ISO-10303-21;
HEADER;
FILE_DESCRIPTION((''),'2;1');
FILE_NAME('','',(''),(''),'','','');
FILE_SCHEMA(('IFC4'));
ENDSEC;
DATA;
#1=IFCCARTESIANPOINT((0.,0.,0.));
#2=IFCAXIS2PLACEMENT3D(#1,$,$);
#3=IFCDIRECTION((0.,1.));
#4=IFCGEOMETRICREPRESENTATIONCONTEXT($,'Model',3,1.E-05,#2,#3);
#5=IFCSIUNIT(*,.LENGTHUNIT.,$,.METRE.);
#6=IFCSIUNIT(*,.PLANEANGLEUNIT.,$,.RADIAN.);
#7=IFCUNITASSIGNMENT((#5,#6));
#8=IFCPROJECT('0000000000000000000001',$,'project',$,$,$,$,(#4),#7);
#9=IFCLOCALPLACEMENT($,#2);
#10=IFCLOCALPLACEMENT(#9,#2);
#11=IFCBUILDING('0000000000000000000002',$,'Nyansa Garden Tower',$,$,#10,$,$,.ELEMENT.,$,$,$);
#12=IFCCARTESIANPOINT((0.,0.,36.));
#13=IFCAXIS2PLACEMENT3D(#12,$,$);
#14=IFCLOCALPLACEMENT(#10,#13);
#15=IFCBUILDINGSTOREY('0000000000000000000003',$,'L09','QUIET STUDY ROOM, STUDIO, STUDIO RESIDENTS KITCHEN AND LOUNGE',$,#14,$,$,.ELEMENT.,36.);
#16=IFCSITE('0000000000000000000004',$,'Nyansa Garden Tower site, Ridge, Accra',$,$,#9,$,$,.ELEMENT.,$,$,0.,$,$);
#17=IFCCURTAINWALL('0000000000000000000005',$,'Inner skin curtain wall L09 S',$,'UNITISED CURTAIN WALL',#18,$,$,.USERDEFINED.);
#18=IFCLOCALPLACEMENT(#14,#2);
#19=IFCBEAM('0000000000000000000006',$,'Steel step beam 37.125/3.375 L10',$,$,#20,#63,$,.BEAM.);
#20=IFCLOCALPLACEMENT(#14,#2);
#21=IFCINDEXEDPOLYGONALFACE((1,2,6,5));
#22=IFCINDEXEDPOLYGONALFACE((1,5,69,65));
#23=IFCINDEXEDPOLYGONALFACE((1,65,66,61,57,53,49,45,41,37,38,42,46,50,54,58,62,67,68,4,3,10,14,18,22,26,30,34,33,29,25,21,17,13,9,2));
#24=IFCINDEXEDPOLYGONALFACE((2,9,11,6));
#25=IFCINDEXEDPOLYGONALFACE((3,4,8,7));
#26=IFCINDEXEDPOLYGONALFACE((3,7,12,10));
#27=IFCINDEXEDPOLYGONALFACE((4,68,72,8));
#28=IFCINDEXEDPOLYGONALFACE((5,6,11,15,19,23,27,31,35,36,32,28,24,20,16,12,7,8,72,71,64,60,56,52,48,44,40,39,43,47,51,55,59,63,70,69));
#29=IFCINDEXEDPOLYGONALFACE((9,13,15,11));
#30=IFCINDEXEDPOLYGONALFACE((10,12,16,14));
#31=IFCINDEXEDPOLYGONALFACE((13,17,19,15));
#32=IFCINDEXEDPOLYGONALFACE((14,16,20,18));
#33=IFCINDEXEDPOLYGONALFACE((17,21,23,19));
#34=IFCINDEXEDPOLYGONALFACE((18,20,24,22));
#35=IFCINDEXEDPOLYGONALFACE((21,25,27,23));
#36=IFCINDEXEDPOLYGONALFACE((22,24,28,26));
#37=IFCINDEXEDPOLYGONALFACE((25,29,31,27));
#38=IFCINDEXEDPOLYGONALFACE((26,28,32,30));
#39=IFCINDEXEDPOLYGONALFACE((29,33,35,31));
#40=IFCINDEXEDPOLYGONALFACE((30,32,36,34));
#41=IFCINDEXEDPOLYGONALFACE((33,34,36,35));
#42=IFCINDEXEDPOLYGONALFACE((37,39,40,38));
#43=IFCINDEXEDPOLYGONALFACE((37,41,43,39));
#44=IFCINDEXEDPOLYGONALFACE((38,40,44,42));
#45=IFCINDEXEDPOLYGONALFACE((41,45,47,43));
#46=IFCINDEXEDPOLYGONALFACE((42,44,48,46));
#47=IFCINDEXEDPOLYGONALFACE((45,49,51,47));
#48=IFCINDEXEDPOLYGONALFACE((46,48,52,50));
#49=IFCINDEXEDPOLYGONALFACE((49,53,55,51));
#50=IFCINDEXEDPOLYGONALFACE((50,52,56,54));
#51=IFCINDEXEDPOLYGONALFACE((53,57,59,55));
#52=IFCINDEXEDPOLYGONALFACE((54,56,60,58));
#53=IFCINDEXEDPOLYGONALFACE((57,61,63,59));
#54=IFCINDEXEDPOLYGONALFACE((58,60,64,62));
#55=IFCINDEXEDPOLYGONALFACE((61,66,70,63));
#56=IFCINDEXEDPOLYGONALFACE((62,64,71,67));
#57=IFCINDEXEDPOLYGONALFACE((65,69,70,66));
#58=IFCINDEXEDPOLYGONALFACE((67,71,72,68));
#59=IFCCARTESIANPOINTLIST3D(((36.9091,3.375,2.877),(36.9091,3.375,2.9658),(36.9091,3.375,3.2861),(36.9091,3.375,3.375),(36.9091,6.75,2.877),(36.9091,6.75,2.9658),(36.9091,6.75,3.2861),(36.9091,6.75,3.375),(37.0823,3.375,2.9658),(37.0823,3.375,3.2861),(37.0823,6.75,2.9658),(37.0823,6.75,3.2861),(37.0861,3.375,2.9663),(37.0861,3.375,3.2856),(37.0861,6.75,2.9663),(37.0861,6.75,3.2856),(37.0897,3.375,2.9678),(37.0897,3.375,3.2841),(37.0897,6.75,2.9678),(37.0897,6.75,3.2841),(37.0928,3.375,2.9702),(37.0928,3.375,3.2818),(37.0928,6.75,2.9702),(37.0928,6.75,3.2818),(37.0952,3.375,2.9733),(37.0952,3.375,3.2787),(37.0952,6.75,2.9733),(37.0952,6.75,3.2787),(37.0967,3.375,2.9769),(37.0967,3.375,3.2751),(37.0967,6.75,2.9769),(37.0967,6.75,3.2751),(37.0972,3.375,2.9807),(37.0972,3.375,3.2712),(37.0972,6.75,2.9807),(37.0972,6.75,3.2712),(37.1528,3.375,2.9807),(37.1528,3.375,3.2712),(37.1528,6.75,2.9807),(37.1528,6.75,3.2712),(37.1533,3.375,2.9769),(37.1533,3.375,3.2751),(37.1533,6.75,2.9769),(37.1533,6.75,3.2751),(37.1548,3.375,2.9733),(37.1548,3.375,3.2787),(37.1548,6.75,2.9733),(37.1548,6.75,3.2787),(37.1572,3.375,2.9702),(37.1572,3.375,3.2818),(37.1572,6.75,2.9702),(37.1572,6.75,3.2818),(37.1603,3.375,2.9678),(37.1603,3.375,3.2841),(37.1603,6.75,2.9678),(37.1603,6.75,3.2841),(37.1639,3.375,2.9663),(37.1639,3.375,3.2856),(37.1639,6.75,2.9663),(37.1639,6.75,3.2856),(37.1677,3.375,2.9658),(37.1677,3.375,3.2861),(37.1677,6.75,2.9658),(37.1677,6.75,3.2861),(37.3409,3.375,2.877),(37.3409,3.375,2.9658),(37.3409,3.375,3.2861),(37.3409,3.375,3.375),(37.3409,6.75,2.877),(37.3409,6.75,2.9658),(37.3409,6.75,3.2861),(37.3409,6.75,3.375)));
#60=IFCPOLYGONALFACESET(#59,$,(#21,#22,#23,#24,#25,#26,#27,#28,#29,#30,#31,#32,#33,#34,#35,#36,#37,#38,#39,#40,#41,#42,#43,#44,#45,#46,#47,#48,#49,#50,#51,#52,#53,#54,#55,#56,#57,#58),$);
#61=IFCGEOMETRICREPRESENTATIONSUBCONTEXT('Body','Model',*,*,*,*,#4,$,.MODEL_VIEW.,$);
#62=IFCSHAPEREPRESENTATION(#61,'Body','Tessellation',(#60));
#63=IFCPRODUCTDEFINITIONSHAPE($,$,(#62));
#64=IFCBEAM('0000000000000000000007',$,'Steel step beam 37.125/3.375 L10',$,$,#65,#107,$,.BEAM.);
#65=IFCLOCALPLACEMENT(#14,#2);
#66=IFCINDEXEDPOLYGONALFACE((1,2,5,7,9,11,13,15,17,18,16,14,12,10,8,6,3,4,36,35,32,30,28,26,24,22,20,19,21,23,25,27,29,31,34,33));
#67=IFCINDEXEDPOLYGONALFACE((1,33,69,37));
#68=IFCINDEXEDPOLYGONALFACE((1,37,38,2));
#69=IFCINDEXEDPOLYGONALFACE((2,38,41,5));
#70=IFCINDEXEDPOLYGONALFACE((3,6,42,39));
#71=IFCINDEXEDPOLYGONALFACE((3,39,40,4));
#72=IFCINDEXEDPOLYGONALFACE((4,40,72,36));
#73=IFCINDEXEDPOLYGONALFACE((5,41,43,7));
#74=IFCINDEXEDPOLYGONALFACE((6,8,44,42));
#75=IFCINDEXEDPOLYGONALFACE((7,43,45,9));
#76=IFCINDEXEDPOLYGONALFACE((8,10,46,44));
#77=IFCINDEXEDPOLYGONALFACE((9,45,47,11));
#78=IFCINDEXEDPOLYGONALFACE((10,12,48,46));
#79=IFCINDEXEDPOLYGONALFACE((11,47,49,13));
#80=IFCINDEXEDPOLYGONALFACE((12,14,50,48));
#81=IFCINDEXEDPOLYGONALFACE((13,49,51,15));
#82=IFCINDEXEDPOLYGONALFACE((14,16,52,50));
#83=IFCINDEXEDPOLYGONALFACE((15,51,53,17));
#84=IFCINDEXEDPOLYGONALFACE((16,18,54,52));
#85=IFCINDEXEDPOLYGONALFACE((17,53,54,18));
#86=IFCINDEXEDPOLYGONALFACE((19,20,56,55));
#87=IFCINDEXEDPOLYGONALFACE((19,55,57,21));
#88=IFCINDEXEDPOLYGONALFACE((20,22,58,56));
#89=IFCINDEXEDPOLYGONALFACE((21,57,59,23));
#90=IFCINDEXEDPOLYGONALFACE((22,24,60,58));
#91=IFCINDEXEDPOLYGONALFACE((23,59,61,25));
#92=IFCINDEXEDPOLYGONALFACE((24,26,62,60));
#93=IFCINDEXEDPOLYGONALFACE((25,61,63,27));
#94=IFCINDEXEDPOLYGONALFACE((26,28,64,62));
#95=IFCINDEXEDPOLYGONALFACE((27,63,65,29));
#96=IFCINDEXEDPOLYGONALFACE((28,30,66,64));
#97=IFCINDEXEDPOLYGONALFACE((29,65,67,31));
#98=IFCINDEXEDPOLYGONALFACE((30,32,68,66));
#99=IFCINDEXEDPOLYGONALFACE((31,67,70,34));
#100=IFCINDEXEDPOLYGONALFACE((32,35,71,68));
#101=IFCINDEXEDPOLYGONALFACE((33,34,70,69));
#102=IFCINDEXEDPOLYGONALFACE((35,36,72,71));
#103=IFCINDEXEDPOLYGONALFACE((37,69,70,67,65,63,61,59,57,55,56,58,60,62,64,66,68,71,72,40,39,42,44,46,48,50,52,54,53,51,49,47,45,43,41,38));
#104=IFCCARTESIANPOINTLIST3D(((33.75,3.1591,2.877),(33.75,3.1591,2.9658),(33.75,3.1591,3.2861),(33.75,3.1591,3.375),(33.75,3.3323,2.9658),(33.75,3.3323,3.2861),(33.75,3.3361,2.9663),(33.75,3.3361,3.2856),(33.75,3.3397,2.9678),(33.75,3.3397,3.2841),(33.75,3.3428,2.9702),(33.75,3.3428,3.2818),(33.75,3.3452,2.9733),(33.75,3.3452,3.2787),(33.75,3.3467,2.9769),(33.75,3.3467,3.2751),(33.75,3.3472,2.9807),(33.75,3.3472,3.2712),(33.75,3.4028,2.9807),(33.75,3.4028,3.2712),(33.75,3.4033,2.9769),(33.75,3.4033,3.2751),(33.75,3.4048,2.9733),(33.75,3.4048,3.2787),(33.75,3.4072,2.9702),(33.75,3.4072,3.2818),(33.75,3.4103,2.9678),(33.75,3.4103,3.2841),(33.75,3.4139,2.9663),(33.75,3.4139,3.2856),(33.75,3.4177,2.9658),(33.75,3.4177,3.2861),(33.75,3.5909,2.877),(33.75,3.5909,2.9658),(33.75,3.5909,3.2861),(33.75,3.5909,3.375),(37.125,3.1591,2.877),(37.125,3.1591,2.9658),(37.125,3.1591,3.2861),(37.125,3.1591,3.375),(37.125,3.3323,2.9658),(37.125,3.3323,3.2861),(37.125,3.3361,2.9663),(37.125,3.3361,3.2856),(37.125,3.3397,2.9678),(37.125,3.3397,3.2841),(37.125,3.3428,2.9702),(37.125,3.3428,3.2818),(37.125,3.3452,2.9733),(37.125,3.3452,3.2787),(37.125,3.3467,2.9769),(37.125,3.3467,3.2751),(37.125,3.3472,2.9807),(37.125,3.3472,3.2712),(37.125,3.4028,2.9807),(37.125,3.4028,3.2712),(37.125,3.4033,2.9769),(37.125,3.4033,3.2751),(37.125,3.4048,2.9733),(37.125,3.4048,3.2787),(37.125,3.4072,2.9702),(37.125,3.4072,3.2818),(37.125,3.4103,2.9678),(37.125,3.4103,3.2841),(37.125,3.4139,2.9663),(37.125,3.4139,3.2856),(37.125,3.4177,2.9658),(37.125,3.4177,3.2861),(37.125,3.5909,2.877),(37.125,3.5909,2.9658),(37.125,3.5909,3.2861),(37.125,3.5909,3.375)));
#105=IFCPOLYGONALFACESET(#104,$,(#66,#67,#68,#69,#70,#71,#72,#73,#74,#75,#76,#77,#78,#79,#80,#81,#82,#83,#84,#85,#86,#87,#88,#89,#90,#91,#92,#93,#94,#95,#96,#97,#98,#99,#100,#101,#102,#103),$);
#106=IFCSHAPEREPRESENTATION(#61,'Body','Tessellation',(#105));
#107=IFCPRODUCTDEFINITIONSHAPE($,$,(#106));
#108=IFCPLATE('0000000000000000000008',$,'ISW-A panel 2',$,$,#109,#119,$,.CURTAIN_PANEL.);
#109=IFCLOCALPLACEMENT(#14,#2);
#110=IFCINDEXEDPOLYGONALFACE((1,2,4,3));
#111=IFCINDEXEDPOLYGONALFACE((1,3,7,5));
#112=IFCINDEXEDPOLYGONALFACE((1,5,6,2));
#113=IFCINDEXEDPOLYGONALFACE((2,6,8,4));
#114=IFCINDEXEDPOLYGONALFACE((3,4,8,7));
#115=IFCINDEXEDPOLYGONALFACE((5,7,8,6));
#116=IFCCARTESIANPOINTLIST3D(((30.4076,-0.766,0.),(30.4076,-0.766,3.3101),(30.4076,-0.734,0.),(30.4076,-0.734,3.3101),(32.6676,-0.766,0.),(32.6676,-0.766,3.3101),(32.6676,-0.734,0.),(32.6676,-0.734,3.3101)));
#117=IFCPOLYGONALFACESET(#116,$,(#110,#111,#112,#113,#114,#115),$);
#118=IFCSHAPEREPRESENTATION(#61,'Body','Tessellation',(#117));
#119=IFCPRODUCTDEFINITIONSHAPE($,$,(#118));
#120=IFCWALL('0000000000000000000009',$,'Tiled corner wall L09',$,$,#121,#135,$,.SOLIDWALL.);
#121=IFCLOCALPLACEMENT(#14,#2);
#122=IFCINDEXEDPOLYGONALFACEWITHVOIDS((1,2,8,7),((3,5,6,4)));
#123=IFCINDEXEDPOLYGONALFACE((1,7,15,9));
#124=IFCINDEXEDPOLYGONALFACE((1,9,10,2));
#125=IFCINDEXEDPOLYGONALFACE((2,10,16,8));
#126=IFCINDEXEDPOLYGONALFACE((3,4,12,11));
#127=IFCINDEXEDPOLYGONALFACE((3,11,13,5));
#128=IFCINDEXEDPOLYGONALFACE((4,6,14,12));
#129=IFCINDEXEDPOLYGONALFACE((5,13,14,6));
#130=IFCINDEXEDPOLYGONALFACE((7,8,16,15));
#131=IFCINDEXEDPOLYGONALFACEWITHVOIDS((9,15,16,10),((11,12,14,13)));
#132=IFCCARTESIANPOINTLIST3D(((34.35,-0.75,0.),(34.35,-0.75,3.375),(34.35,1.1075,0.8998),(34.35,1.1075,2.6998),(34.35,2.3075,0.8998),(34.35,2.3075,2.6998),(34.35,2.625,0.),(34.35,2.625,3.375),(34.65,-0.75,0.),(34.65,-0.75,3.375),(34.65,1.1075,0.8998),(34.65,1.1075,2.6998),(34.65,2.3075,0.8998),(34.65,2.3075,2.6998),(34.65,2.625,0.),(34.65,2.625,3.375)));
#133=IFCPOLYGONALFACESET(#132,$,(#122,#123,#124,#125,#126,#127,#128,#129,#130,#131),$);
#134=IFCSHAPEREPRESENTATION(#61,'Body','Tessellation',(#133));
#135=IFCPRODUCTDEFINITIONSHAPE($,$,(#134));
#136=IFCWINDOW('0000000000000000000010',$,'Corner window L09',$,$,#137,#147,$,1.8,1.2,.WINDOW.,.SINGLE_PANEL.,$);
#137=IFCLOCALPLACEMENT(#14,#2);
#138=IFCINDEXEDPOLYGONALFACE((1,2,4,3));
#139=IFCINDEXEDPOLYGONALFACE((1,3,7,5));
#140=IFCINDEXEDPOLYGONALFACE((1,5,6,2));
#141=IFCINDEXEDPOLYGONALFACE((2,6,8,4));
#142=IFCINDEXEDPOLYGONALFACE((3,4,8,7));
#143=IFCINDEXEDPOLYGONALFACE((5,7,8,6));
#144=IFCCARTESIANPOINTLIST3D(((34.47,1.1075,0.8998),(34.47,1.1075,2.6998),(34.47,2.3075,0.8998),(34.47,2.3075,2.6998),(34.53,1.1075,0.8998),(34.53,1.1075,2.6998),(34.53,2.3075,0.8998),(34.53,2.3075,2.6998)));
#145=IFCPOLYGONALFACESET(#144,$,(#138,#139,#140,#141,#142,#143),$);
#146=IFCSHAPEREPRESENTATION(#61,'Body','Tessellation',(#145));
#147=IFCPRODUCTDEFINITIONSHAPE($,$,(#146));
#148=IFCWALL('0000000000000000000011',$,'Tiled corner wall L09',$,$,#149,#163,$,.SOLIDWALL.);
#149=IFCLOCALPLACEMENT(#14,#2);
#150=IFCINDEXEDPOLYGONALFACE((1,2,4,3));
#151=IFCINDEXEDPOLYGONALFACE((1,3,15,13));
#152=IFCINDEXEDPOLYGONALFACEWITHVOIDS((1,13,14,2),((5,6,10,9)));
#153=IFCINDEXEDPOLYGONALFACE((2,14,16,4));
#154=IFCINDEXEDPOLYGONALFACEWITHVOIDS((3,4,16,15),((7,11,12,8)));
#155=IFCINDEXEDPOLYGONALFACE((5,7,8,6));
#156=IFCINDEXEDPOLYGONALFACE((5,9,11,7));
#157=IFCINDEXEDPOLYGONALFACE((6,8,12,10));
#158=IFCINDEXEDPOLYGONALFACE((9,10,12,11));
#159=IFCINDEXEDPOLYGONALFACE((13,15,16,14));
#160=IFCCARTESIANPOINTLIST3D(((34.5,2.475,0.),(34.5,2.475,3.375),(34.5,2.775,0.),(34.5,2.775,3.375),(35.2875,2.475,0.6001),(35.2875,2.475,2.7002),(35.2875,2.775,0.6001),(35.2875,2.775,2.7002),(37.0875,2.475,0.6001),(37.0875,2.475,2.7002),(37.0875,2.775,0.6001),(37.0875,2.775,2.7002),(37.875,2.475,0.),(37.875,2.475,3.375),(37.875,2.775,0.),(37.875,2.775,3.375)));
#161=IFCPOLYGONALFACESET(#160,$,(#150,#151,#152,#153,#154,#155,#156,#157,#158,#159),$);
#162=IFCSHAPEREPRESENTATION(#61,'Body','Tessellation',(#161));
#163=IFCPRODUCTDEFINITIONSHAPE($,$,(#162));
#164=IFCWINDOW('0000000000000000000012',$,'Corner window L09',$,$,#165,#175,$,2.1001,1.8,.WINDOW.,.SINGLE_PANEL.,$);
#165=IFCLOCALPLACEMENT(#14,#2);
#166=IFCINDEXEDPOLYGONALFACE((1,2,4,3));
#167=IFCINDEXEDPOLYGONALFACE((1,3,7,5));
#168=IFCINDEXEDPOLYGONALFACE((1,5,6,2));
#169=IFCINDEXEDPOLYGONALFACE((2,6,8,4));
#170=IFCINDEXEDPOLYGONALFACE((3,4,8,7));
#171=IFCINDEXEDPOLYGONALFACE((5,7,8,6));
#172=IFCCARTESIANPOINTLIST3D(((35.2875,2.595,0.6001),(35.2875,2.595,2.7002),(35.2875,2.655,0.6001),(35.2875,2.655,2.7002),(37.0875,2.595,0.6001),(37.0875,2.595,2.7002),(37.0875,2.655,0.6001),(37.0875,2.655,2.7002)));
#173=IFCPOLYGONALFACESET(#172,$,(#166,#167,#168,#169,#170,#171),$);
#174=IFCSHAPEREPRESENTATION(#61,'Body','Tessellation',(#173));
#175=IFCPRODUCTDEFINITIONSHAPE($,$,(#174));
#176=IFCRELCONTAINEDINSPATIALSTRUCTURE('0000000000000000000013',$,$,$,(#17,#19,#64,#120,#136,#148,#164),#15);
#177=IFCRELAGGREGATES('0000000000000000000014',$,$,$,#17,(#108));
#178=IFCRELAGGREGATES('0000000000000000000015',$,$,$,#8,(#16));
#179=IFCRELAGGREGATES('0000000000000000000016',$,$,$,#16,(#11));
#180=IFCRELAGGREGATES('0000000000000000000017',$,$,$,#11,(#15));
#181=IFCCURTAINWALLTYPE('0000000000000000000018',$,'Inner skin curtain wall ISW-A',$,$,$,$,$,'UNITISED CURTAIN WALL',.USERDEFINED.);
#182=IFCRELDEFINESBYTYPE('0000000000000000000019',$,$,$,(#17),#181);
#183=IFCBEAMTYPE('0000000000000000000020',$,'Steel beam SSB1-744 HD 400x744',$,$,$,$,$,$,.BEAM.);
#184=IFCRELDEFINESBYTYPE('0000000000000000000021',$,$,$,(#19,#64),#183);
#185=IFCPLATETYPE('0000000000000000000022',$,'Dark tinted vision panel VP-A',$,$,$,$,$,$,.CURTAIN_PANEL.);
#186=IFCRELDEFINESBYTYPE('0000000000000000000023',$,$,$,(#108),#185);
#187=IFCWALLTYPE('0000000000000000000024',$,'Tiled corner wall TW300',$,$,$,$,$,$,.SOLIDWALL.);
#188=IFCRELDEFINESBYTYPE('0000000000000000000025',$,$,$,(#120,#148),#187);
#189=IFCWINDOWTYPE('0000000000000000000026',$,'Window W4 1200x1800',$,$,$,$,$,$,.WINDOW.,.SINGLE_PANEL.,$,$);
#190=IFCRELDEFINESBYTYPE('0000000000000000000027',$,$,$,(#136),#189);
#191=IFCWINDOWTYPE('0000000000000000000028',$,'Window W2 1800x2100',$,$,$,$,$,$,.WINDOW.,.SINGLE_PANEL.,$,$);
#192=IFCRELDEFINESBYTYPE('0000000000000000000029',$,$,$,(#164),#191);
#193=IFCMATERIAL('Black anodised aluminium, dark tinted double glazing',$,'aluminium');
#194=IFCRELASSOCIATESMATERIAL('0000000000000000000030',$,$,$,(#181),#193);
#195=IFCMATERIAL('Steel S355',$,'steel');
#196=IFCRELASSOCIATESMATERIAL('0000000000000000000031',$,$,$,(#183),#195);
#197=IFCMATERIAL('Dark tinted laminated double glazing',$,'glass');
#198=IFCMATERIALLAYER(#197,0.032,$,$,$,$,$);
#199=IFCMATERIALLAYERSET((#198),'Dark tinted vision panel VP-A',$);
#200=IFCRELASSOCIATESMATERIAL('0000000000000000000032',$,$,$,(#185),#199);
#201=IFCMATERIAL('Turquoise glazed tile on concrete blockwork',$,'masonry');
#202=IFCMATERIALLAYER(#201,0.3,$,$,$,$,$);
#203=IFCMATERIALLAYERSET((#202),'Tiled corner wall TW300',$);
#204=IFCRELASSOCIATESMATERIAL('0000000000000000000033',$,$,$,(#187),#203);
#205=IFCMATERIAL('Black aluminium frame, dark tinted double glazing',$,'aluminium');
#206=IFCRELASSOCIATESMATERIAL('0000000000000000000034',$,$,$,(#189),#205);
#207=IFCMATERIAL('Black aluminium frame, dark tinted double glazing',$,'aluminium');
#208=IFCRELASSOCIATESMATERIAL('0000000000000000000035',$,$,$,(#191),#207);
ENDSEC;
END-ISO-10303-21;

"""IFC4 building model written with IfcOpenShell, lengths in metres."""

from ifc_helpers import new_model, si_unit, direction, frame, frame_2d, origin, origin_2d, place, context, subcontext, project, spatial, rectangle, i_section, extrude, material, layer, layer_set, material_profile, profile_set, type_object, element, fill, aggregate, save


model = new_model("IFC4")

# Units and contexts
model_context = context("Model", 3, precision=1e-05, world=origin(), true_north=direction((0.0, 1.0)))
body_context = subcontext(model_context, "Body", "Model", "MODEL_VIEW")
ifc_project = project(units=[si_unit("LENGTHUNIT", "METRE"), si_unit("PLANEANGLEUNIT", "RADIAN")], contexts=[model_context])

# Site, building, storey
site_placement = place(None, origin())
site = spatial("IfcSite", under=ifc_project, at=site_placement, Name="Nyansa Garden Tower site, Ridge, Accra", CompositionType="ELEMENT", RefElevation=0.0)
building_placement = place(site_placement, origin())
building = spatial("IfcBuilding", under=site, at=building_placement, Name="Nyansa Garden Tower", CompositionType="ELEMENT")
storey_placement = place(building_placement, frame((0.0, 0.0, 36.0)))
storey = spatial("IfcBuildingStorey", under=building, at=storey_placement, Name="L09", Description="QUIET STUDY ROOM, STUDIO, STUDIO RESIDENTS KITCHEN AND LOUNGE", CompositionType="ELEMENT", Elevation=36.0)

# Curtain wall
ifc_material_1 = material(Name="Black anodised aluminium, dark tinted double glazing", Category="aluminium")
curtain_wall_type = type_object("IfcCurtainWallType", Name="Inner skin curtain wall ISW-A", ElementType="UNITISED CURTAIN WALL", PredefinedType="USERDEFINED", material=ifc_material_1)
curtain_wall_placement = place(storey_placement, origin())
curtain_wall = element("IfcCurtainWall", 1, at=curtain_wall_placement, inside=storey, type_object=curtain_wall_type, Name="Inner skin curtain wall L09 S", ObjectType="UNITISED CURTAIN WALL", PredefinedType="USERDEFINED")

# Beams
ifc_material_2 = material(Name="Steel S355", Category="steel")
ifc_material_profile_1 = material_profile(ifc_material_2, i_section(OverallWidth=0.4319, OverallDepth=0.498, WebThickness=0.0557, FlangeThickness=0.0889, FilletRadius=0.0149, at=origin_2d()), Name="HD 400x744")
ifc_profile_set_1 = profile_set([ifc_material_profile_1], Name="Steel S355")
beam_type_1 = type_object("IfcBeamType", Name="Steel beam SSB1-744 HD 400x744", PredefinedType="BEAM", material=ifc_profile_set_1)
for number, where, z_axis, x_axis, name in (
    (2, (37.125, 3.375, 3.126), (0.0, 1.0, 0.0), (-1.0, 0.0, 0.0), "Steel step beam 37.125/3.375 L10"),
    (3, (37.125, 3.375, 3.126), (-1.0, 0.0, 0.0), (0.0, -1.0, 0.0), "Steel step beam 37.125/3.375 L10"),
):
    element("IfcBeam", number, at=place(storey_placement, frame(where, z_axis=z_axis, x_axis=x_axis)), inside=storey, type_object=beam_type_1, Name=name, PredefinedType="BEAM", context=body_context, shape_type="SweptSolid", body=[
        extrude(i_section(OverallWidth=0.4319, OverallDepth=0.498, WebThickness=0.0557, FlangeThickness=0.0889, FilletRadius=0.0149, at=origin_2d()), origin(), (0.0, 0.0, 1.0), 3.375),
    ])

# Plate
ifc_material_3 = material(Name="Dark tinted laminated double glazing", Category="glass")
ifc_layer_1 = layer(ifc_material_3, 0.032)
ifc_layer_set_1 = layer_set([ifc_layer_1], Name="Dark tinted vision panel VP-A")
plate_type = type_object("IfcPlateType", Name="Dark tinted vision panel VP-A", PredefinedType="CURTAIN_PANEL", material=ifc_layer_set_1)
plate_placement = place(storey_placement, frame((31.5376, -0.75, 0.0), z_axis=(0.0, 0.0, 1.0), x_axis=(1.0, 0.0, 0.0)))
plate = element("IfcPlate", 4, at=plate_placement, type_object=plate_type, Name="ISW-A panel 2", PredefinedType="CURTAIN_PANEL", context=body_context, shape_type="SweptSolid", body=[
    extrude(rectangle(XDim=2.26, YDim=0.032, at=origin_2d()), origin(), (0.0, 0.0, 1.0), 3.3101),
])
aggregate(curtain_wall, [plate])

# Walls, openings, windows
ifc_material_4 = material(Name="Turquoise glazed tile on concrete blockwork", Category="masonry")
ifc_layer_2 = layer(ifc_material_4, 0.3)
ifc_layer_set_2 = layer_set([ifc_layer_2], Name="Tiled corner wall TW300")
wall_type = type_object("IfcWallType", Name="Tiled corner wall TW300", PredefinedType="SOLIDWALL", material=ifc_layer_set_2)
wall_1_placement = place(storey_placement, frame((34.5, -0.75, 0.0), z_axis=(0.0, 0.0, 1.0), x_axis=(0.0, 1.0, 0.0)))
wall_1 = element("IfcWall", 5, at=wall_1_placement, inside=storey, type_object=wall_type, Name="Tiled corner wall L09", PredefinedType="SOLIDWALL", context=body_context, shape_type="SweptSolid", body=[
    extrude(rectangle(XDim=3.375, YDim=0.3, at=frame_2d((1.6875, 0.0))), origin(), (0.0, 0.0, 1.0), 3.375),
])
opening_1_placement = place(wall_1_placement, frame((1.8574, 0.0, 0.8999)))
opening_1 = element("IfcOpeningElement", 6, at=opening_1_placement, cuts=wall_1, PredefinedType="OPENING", context=body_context, shape_type="SweptSolid", body=[
    extrude(rectangle(XDim=1.2, YDim=1.8, at=frame_2d((0.6001, 0.8999))), frame((0.0, 0.1599, 0.0), z_axis=(0.0, -1.0, 0.0), x_axis=(1.0, 0.0, 0.0)), (0.0, 0.0, 1.0), 0.3201),
])
ifc_material_5 = material(Name="Black aluminium frame, dark tinted double glazing", Category="aluminium")
window_type_1 = type_object("IfcWindowType", Name="Window W4 1200x1800", PartitioningType="SINGLE_PANEL", PredefinedType="WINDOW", material=ifc_material_5)
window_1_placement = place(opening_1_placement, origin())
window_1 = element("IfcWindow", 7, at=window_1_placement, inside=storey, type_object=window_type_1, Name="Corner window L09", OverallHeight=1.8, OverallWidth=1.2, PartitioningType="SINGLE_PANEL", PredefinedType="WINDOW", context=body_context, shape_type="SweptSolid", body=[
    extrude(rectangle(XDim=1.2, YDim=1.8, at=frame_2d((0.6001, 0.8999))), frame((0.0, 0.03, 0.0), z_axis=(0.0, -1.0, 0.0), x_axis=(1.0, 0.0, 0.0)), (0.0, 0.0, 1.0), 0.0601),
])
fill(opening_1, window_1)
wall_2_placement = place(storey_placement, frame((34.5, 2.625, 0.0), z_axis=(0.0, 0.0, 1.0), x_axis=(1.0, 0.0, 0.0)))
wall_2 = element("IfcWall", 8, at=wall_2_placement, inside=storey, type_object=wall_type, Name="Tiled corner wall L09", PredefinedType="SOLIDWALL", context=body_context, shape_type="SweptSolid", body=[
    extrude(rectangle(XDim=3.375, YDim=0.3, at=frame_2d((1.6875, 0.0))), origin(), (0.0, 0.0, 1.0), 3.375),
])
opening_2_placement = place(wall_2_placement, frame((0.7876, 0.0, 0.6001)))
opening_2 = element("IfcOpeningElement", 9, at=opening_2_placement, cuts=wall_2, PredefinedType="OPENING", context=body_context, shape_type="SweptSolid", body=[
    extrude(rectangle(XDim=1.8, YDim=2.1001, at=frame_2d((0.8999, 1.05))), frame((0.0, 0.1599, 0.0), z_axis=(0.0, -1.0, 0.0), x_axis=(1.0, 0.0, 0.0)), (0.0, 0.0, 1.0), 0.3201),
])
ifc_material_6 = material(Name="Black aluminium frame, dark tinted double glazing", Category="aluminium")
window_type_2 = type_object("IfcWindowType", Name="Window W2 1800x2100", PartitioningType="SINGLE_PANEL", PredefinedType="WINDOW", material=ifc_material_6)
window_2_placement = place(opening_2_placement, origin())
window_2 = element("IfcWindow", 10, at=window_2_placement, inside=storey, type_object=window_type_2, Name="Corner window L09", OverallHeight=2.1001, OverallWidth=1.8, PartitioningType="SINGLE_PANEL", PredefinedType="WINDOW", context=body_context, shape_type="SweptSolid", body=[
    extrude(rectangle(XDim=1.8, YDim=2.1001, at=frame_2d((0.8999, 1.05))), frame((0.0, 0.03, 0.0), z_axis=(0.0, -1.0, 0.0), x_axis=(1.0, 0.0, 0.0)), (0.0, 0.0, 1.0), 0.0601),
])
fill(opening_2, window_2)

save(model, "model.ifc")
